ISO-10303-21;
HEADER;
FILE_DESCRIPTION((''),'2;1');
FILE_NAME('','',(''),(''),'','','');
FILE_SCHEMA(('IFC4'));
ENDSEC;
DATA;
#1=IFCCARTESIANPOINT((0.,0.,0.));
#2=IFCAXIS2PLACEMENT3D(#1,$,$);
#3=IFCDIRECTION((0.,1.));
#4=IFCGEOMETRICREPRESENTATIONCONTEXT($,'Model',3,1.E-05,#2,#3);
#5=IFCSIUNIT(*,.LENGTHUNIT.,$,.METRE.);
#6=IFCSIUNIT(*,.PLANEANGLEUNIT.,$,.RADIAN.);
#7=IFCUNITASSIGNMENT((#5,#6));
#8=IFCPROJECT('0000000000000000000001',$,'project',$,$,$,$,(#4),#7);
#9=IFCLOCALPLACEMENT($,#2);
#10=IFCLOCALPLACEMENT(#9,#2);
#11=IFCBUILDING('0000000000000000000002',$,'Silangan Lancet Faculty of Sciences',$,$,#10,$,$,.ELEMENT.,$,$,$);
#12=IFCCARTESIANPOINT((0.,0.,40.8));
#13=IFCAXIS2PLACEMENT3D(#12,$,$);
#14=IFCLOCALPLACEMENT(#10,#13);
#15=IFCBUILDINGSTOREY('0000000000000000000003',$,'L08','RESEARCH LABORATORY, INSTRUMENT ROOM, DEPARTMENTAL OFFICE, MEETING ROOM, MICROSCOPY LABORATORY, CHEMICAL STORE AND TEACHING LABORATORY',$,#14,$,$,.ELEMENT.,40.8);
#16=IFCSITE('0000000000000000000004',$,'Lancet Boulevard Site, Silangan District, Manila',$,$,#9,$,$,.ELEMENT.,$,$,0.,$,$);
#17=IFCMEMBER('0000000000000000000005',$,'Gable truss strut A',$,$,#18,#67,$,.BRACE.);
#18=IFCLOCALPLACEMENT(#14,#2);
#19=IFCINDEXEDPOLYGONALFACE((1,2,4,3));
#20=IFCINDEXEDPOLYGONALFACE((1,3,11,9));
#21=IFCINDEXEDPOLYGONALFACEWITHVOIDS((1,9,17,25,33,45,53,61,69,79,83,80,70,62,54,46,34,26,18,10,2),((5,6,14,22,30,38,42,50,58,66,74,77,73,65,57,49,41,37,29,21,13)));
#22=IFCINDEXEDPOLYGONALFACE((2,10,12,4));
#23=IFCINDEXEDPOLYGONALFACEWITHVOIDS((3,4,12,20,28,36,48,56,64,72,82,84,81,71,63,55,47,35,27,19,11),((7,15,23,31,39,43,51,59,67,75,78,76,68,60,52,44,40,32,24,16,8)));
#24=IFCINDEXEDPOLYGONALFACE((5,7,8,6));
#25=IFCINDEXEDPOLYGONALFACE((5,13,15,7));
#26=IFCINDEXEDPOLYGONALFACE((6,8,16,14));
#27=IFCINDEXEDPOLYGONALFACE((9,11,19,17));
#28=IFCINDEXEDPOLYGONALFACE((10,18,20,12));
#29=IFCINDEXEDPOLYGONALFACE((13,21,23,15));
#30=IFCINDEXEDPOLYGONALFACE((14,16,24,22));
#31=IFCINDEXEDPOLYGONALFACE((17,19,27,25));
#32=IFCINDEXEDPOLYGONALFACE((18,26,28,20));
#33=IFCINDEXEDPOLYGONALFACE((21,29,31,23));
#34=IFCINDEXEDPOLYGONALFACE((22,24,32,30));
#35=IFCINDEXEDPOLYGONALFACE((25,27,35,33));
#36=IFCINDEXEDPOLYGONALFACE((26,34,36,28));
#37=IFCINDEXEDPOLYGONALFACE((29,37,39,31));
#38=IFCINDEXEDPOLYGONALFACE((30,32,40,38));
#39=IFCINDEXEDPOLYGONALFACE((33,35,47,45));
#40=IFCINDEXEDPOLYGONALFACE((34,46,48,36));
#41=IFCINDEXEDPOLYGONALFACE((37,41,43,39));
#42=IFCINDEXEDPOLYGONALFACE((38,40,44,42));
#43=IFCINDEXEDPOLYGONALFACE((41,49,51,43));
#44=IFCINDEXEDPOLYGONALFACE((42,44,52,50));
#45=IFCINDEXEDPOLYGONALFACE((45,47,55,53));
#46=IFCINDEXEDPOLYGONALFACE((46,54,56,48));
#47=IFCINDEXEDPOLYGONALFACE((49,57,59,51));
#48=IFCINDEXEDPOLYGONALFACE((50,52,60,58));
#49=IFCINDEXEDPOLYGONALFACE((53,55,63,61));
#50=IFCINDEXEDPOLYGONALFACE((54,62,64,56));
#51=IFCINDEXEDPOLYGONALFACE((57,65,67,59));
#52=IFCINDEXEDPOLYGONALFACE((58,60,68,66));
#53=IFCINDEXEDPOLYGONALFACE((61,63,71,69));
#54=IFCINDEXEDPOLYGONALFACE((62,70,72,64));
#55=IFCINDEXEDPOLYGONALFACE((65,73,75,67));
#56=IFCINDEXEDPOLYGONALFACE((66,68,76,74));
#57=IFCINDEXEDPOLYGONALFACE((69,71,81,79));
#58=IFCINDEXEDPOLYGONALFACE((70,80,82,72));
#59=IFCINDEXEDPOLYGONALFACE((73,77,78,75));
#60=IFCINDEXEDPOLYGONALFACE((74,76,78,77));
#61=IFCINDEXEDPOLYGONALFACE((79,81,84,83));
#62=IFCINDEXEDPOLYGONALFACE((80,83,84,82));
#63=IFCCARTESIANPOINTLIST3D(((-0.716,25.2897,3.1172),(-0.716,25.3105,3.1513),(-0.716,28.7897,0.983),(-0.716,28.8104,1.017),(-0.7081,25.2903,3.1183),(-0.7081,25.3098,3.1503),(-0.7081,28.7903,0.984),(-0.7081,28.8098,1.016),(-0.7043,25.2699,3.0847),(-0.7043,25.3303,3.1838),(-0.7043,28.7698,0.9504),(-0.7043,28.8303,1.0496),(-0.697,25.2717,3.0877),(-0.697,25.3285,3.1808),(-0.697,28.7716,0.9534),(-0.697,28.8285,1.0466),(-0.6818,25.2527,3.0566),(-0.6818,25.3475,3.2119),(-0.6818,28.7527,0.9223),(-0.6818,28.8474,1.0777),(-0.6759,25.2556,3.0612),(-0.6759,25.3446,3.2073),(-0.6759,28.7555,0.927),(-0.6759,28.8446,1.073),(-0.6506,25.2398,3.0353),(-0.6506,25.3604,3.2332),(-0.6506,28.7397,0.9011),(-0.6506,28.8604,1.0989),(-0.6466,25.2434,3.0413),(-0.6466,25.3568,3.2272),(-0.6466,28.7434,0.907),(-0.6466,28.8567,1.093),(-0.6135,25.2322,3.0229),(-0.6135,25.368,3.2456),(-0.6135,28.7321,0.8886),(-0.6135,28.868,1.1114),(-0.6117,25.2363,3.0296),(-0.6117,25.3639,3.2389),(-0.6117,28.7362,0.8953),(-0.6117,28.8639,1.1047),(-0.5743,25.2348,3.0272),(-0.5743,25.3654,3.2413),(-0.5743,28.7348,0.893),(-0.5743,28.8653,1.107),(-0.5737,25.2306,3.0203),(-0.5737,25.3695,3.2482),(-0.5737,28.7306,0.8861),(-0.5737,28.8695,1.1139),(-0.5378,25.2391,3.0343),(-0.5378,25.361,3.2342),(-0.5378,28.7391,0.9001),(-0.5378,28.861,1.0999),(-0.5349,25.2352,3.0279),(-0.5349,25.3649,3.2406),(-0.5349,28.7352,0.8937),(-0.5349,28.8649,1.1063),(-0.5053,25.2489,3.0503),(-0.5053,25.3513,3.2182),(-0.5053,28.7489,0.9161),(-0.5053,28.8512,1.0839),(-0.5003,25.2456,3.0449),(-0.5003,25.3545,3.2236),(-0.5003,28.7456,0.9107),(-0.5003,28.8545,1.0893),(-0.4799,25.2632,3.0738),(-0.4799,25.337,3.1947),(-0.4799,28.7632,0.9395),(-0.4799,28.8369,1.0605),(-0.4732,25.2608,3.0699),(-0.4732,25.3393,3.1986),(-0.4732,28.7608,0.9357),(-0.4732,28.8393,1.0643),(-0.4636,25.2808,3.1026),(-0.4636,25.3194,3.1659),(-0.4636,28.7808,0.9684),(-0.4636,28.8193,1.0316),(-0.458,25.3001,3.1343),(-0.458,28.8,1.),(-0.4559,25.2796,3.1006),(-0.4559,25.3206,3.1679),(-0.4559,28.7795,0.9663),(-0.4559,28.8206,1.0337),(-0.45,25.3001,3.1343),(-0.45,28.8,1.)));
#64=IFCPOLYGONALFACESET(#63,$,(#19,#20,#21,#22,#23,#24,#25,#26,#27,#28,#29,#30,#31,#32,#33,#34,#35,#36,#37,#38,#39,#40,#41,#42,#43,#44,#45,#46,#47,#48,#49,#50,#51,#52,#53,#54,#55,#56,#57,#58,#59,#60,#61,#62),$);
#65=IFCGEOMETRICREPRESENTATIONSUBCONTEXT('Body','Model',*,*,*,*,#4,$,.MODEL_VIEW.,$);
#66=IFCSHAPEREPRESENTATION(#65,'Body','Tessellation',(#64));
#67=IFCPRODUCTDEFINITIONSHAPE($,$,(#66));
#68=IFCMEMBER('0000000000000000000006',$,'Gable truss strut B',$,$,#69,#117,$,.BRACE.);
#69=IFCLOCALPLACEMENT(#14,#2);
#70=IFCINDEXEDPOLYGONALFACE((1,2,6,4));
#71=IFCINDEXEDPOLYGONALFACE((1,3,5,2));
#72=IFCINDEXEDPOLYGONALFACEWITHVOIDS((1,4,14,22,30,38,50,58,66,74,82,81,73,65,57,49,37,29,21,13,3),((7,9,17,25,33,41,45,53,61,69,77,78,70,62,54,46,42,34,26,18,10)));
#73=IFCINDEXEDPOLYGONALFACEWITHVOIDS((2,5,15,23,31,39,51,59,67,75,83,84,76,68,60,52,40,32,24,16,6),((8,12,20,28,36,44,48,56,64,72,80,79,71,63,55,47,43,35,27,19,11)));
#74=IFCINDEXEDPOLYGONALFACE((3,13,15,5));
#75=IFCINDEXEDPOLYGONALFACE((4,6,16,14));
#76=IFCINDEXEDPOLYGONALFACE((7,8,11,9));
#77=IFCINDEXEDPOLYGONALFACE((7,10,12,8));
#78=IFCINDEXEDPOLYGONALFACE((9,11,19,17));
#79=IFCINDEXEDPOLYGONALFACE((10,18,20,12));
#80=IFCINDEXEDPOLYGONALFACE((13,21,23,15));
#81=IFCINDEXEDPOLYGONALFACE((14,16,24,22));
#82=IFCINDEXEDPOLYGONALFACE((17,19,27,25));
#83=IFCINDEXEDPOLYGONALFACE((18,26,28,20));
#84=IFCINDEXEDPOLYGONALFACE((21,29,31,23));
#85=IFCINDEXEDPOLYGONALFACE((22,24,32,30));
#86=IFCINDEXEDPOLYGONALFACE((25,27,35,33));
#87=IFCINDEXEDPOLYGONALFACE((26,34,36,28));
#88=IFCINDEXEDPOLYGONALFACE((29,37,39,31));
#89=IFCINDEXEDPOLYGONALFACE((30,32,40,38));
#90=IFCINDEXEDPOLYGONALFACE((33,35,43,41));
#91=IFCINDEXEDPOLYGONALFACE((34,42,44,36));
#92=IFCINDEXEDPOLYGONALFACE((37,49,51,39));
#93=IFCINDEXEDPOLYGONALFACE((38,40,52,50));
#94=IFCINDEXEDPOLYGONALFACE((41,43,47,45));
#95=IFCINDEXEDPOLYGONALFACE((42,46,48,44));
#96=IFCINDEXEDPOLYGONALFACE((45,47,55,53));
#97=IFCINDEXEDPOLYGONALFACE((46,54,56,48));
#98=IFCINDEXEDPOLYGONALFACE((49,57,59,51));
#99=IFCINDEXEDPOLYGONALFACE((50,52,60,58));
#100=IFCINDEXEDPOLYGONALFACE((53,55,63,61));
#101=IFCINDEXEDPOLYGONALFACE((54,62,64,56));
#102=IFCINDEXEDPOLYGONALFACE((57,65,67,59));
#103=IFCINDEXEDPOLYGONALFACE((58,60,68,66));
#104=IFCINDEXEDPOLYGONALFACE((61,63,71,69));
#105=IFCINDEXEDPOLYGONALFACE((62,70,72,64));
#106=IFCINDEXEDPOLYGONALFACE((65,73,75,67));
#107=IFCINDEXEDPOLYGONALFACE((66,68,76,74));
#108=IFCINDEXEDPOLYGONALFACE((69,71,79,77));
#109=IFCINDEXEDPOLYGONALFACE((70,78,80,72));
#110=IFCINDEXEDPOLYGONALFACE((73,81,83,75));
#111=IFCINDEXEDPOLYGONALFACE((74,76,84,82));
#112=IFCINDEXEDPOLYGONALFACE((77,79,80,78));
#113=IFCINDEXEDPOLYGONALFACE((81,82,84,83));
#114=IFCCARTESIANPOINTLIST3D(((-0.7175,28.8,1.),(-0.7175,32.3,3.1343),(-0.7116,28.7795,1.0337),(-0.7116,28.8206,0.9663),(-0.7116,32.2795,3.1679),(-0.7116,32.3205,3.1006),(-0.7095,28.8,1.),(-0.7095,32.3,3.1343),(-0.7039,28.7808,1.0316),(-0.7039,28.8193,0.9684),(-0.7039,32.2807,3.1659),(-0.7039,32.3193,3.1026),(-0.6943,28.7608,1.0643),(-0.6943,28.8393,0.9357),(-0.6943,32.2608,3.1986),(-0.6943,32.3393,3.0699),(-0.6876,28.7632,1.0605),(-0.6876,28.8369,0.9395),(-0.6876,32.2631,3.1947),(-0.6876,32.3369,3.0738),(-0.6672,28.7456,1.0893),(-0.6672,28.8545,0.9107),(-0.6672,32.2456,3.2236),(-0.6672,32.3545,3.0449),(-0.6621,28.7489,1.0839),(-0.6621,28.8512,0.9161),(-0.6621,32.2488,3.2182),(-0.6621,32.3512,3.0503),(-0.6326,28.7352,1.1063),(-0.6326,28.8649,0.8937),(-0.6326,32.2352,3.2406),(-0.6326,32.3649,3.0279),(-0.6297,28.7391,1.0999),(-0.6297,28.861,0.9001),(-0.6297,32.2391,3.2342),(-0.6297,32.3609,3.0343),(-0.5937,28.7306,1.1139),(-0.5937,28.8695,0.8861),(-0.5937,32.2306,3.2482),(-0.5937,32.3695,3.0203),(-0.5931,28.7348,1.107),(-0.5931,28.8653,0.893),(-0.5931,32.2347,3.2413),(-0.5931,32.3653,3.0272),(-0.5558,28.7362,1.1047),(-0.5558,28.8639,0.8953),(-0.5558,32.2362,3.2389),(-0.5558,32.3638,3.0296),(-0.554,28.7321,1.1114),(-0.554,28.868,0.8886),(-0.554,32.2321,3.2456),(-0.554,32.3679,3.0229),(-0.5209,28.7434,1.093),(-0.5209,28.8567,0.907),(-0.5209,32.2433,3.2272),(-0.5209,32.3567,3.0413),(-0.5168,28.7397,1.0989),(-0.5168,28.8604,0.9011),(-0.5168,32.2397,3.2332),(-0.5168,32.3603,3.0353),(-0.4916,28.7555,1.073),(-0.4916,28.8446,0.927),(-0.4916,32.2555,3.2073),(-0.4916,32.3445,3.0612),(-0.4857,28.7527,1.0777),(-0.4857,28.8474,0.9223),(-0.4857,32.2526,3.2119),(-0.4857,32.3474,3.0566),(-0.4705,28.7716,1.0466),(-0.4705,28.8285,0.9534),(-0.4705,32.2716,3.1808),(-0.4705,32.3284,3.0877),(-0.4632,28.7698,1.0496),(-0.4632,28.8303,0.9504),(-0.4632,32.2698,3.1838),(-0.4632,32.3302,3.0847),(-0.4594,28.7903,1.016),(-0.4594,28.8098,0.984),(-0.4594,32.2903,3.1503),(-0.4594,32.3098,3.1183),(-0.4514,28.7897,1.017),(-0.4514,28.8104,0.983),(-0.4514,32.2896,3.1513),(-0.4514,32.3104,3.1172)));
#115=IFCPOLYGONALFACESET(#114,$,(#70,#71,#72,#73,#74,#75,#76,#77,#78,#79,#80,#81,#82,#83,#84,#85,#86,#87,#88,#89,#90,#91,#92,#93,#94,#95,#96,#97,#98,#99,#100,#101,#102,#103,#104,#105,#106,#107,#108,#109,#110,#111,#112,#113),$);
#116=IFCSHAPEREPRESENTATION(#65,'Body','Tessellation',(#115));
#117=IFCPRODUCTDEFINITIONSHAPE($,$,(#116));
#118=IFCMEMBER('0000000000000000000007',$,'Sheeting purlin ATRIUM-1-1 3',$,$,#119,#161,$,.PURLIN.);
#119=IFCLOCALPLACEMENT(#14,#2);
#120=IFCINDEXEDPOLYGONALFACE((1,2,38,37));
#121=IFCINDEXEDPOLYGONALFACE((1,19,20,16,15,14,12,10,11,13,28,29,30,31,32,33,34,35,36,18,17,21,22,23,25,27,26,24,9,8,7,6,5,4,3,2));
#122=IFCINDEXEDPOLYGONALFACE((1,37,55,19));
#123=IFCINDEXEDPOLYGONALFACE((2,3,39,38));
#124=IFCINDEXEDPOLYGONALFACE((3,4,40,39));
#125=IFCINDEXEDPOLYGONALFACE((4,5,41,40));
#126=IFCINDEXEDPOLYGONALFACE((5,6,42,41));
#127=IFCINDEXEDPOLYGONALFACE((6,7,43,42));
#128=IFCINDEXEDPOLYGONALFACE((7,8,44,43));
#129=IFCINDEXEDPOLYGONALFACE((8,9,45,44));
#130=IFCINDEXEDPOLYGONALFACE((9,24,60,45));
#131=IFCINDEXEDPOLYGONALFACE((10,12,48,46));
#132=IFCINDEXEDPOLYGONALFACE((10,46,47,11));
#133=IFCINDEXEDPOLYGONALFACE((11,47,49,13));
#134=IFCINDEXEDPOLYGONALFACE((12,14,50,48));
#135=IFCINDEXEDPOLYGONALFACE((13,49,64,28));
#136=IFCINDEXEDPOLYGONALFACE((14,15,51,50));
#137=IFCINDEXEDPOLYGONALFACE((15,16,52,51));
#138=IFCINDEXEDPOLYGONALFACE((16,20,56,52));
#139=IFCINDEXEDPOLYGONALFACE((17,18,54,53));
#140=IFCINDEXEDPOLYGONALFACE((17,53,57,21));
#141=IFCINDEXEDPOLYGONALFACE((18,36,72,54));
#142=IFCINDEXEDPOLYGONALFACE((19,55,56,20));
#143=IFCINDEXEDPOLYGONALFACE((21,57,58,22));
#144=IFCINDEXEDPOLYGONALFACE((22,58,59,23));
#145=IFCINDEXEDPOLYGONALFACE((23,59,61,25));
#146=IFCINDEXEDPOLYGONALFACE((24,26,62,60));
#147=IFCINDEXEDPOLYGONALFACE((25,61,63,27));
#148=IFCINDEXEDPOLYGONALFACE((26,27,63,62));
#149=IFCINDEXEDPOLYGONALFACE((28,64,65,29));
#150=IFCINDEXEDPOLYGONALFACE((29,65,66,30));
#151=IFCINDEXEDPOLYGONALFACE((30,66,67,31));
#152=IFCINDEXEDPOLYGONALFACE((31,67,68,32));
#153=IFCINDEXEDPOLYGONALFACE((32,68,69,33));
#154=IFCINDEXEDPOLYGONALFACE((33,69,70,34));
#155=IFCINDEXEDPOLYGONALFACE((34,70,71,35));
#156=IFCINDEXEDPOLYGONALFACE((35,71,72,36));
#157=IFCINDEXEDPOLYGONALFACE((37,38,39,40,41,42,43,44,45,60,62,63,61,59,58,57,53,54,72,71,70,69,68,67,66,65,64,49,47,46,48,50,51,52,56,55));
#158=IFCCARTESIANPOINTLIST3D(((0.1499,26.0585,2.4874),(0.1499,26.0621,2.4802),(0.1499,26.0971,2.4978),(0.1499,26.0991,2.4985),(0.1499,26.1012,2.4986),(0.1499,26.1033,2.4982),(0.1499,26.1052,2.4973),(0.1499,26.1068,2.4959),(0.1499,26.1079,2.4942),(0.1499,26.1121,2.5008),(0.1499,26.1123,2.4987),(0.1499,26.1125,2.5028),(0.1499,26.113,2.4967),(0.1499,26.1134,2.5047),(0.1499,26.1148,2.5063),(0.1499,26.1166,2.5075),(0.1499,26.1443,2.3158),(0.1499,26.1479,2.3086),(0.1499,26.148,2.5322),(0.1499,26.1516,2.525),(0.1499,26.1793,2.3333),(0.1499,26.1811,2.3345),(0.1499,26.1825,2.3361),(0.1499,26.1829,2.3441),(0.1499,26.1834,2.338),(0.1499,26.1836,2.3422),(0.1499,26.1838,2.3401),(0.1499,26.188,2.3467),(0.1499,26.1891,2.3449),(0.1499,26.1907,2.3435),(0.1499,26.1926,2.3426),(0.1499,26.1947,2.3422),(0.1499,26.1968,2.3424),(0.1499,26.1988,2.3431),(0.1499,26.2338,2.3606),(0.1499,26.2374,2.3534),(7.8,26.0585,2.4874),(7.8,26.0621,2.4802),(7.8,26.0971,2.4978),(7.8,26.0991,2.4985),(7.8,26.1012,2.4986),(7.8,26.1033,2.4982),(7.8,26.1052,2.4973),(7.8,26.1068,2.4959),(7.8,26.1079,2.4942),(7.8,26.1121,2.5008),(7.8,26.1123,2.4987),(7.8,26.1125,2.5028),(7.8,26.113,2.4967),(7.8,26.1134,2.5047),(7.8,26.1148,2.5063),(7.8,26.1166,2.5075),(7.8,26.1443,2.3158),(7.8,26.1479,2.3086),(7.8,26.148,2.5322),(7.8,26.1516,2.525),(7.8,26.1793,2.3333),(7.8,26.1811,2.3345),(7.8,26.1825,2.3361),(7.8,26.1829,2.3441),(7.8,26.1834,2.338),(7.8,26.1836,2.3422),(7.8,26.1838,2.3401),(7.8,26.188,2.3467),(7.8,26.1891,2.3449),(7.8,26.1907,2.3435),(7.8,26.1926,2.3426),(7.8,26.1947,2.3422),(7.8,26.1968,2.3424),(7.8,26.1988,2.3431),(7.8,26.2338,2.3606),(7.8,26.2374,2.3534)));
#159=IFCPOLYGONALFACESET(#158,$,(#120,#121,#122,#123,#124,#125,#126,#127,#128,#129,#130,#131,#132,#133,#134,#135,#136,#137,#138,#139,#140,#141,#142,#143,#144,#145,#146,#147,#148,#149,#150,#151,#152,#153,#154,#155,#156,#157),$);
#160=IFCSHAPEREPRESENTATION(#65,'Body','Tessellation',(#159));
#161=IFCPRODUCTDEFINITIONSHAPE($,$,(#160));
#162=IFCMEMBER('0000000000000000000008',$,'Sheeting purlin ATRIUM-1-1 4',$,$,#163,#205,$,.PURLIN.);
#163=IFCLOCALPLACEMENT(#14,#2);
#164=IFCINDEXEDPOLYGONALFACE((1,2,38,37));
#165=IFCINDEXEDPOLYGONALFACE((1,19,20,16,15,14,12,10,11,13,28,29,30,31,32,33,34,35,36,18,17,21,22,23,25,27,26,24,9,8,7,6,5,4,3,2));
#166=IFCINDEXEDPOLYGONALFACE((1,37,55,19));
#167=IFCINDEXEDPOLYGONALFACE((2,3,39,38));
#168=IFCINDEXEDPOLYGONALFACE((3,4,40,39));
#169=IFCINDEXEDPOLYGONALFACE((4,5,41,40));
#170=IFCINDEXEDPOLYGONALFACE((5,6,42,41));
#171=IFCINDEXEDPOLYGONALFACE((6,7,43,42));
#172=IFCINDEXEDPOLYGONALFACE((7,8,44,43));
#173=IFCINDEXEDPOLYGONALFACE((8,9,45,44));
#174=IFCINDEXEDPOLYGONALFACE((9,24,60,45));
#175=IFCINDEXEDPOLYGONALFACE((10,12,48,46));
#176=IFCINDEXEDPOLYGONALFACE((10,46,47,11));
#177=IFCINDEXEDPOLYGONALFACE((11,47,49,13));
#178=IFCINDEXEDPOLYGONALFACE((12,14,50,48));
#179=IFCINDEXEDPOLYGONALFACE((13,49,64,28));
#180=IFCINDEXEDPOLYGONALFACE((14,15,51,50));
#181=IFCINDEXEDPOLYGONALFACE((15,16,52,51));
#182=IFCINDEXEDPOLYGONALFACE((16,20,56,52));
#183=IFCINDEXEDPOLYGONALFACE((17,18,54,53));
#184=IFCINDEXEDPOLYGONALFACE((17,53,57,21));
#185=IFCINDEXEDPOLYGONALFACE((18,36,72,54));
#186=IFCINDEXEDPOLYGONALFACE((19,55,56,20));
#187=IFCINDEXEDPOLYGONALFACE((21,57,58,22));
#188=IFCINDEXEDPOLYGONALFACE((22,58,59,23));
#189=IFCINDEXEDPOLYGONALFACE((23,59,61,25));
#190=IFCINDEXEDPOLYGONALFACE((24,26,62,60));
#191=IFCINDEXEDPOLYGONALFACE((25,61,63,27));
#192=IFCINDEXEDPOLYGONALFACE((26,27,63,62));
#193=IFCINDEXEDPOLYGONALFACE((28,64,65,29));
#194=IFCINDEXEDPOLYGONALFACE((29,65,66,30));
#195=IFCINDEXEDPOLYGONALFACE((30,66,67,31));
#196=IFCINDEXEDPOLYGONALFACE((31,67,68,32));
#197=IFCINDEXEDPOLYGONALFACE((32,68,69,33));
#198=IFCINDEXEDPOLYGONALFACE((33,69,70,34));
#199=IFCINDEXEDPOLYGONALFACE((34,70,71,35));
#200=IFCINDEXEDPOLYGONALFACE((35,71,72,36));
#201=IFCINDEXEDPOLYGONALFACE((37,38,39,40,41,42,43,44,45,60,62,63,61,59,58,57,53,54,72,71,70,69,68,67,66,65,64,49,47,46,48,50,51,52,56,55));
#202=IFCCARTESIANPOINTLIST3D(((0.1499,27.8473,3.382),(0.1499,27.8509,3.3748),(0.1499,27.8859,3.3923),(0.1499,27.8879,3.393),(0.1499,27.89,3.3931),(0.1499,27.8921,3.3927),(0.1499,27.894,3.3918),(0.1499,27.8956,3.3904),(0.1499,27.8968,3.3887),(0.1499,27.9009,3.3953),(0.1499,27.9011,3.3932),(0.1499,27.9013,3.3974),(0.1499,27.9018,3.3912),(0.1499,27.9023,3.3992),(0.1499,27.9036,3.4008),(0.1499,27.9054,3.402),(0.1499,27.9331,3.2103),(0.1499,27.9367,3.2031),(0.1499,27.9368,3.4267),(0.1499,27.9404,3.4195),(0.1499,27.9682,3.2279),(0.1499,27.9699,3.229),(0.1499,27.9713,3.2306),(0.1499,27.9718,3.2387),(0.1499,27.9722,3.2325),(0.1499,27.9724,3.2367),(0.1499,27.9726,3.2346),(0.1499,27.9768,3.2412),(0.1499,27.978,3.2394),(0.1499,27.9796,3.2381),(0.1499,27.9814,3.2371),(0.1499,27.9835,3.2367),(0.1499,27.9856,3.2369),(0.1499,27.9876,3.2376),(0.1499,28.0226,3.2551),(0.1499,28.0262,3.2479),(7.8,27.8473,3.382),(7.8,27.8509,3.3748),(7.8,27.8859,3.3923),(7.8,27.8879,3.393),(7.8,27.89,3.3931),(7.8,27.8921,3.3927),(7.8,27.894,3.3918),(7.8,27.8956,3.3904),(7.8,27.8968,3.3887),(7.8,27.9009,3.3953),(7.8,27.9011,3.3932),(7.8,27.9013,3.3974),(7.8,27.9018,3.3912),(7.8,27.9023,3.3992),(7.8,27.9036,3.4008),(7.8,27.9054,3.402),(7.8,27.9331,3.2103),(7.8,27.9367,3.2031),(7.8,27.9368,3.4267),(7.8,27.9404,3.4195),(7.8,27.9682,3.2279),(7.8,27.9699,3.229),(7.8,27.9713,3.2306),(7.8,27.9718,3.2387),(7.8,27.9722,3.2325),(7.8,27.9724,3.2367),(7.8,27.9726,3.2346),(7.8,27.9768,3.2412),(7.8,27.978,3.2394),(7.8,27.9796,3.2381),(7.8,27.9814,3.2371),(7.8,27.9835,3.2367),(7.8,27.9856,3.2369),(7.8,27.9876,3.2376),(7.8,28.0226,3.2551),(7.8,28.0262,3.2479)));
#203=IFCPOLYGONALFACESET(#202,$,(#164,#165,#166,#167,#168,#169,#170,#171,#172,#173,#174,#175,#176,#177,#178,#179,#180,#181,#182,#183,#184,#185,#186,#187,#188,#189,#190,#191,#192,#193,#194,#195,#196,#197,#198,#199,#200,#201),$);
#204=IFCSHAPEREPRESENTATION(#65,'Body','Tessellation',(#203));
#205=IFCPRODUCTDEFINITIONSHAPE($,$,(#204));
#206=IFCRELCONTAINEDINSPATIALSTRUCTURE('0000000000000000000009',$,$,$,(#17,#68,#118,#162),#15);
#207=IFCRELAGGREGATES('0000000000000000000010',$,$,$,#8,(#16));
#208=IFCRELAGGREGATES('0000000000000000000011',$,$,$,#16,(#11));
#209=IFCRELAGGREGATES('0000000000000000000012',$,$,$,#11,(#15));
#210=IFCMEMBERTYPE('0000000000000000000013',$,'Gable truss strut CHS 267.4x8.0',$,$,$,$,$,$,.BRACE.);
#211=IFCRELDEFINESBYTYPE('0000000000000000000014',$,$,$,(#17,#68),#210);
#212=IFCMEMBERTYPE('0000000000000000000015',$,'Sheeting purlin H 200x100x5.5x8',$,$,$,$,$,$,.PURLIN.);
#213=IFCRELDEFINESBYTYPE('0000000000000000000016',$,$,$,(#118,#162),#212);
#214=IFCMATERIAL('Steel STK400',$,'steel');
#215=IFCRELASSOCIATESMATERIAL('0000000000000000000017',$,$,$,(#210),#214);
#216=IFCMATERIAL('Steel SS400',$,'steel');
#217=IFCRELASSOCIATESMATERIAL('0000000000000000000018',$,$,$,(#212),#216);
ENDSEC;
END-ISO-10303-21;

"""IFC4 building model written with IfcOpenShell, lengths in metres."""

from ifc_helpers import new_model, si_unit, direction, frame, origin, origin_2d, place, context, subcontext, project, spatial, hollow_circle, i_section, extrude, material, material_profile, profile_set, type_object, element, save


model = new_model("IFC4")

# Units and contexts
model_context = context("Model", 3, precision=1e-05, world=origin(), true_north=direction((0.0, 1.0)))
body_context = subcontext(model_context, "Body", "Model", "MODEL_VIEW")
ifc_project = project(units=[si_unit("LENGTHUNIT", "METRE"), si_unit("PLANEANGLEUNIT", "RADIAN")], contexts=[model_context])

# Site, building, storey
site_placement = place(None, origin())
site = spatial("IfcSite", under=ifc_project, at=site_placement, Name="Lancet Boulevard Site, Silangan District, Manila", CompositionType="ELEMENT", RefElevation=0.0)
building_placement = place(site_placement, origin())
building = spatial("IfcBuilding", under=site, at=building_placement, Name="Silangan Lancet Faculty of Sciences", CompositionType="ELEMENT")
storey_placement = place(building_placement, frame((0.0, 0.0, 40.8)))
storey = spatial("IfcBuildingStorey", under=building, at=storey_placement, Name="L08", Description="RESEARCH LABORATORY, INSTRUMENT ROOM, DEPARTMENTAL OFFICE, MEETING ROOM, MICROSCOPY LABORATORY, CHEMICAL STORE AND TEACHING LABORATORY", CompositionType="ELEMENT", Elevation=40.8)

# Members
ifc_material_1 = material(Name="Steel STK400", Category="steel")
ifc_material_profile_1 = material_profile(ifc_material_1, hollow_circle(Radius=0.1338, WallThickness=0.0081, at=origin_2d()), Name="CHS 267.4x8.0")
ifc_profile_set_1 = profile_set([ifc_material_profile_1], Name="Steel STK400")
member_type_1 = type_object("IfcMemberType", Name="Gable truss strut CHS 267.4x8.0", PredefinedType="BRACE", material=ifc_profile_set_1)
for number, where, z_axis, x_axis, name in (
    (1, (-0.5837, 28.8, 1.0), (0.0, -0.853782, 0.520631), (1.0, 0.0, 0.0), "Gable truss strut A"),
    (2, (-0.5837, 28.8, 1.0), (0.0, 0.853782, 0.520631), (-1.0, 0.0, 0.0), "Gable truss strut B"),
):
    element("IfcMember", number, at=place(storey_placement, frame(where, z_axis=z_axis, x_axis=x_axis)), inside=storey, type_object=member_type_1, Name=name, PredefinedType="BRACE", context=body_context, shape_type="SweptSolid", body=[
        extrude(hollow_circle(Radius=0.1338, WallThickness=0.0081, at=origin_2d()), origin(), (0.0, 0.0, 1.0), 4.0994),
    ])
ifc_material_2 = material(Name="Steel SS400", Category="steel")
ifc_material_profile_2 = material_profile(ifc_material_2, i_section(OverallWidth=0.1001, OverallDepth=0.2, WebThickness=0.0056, FlangeThickness=0.0081, FilletRadius=0.0081, at=origin_2d()), Name="H 200x100x5.5x8")
ifc_profile_set_2 = profile_set([ifc_material_profile_2], Name="Steel SS400")
member_type_2 = type_object("IfcMemberType", Name="Sheeting purlin H 200x100x5.5x8", PredefinedType="PURLIN", material=ifc_profile_set_2)
for number, where, z_axis, x_axis, name in (
    (3, (0.1499, 26.1479, 2.4204), (1.0, 0.0, 0.0), (0.0, 0.894427, 0.447214), "Sheeting purlin ATRIUM-1-1 3"),
    (4, (0.1499, 27.9368, 3.3149), (1.0, 0.0, 0.0), (0.0, 0.894427, 0.447214), "Sheeting purlin ATRIUM-1-1 4"),
):
    element("IfcMember", number, at=place(storey_placement, frame(where, z_axis=z_axis, x_axis=x_axis)), inside=storey, type_object=member_type_2, Name=name, PredefinedType="PURLIN", context=body_context, shape_type="SweptSolid", body=[
        extrude(i_section(OverallWidth=0.1001, OverallDepth=0.2, WebThickness=0.0056, FlangeThickness=0.0081, FilletRadius=0.0081, at=origin_2d()), origin(), (0.0, 0.0, 1.0), 7.6501),
    ])

save(model, "model.ifc")
